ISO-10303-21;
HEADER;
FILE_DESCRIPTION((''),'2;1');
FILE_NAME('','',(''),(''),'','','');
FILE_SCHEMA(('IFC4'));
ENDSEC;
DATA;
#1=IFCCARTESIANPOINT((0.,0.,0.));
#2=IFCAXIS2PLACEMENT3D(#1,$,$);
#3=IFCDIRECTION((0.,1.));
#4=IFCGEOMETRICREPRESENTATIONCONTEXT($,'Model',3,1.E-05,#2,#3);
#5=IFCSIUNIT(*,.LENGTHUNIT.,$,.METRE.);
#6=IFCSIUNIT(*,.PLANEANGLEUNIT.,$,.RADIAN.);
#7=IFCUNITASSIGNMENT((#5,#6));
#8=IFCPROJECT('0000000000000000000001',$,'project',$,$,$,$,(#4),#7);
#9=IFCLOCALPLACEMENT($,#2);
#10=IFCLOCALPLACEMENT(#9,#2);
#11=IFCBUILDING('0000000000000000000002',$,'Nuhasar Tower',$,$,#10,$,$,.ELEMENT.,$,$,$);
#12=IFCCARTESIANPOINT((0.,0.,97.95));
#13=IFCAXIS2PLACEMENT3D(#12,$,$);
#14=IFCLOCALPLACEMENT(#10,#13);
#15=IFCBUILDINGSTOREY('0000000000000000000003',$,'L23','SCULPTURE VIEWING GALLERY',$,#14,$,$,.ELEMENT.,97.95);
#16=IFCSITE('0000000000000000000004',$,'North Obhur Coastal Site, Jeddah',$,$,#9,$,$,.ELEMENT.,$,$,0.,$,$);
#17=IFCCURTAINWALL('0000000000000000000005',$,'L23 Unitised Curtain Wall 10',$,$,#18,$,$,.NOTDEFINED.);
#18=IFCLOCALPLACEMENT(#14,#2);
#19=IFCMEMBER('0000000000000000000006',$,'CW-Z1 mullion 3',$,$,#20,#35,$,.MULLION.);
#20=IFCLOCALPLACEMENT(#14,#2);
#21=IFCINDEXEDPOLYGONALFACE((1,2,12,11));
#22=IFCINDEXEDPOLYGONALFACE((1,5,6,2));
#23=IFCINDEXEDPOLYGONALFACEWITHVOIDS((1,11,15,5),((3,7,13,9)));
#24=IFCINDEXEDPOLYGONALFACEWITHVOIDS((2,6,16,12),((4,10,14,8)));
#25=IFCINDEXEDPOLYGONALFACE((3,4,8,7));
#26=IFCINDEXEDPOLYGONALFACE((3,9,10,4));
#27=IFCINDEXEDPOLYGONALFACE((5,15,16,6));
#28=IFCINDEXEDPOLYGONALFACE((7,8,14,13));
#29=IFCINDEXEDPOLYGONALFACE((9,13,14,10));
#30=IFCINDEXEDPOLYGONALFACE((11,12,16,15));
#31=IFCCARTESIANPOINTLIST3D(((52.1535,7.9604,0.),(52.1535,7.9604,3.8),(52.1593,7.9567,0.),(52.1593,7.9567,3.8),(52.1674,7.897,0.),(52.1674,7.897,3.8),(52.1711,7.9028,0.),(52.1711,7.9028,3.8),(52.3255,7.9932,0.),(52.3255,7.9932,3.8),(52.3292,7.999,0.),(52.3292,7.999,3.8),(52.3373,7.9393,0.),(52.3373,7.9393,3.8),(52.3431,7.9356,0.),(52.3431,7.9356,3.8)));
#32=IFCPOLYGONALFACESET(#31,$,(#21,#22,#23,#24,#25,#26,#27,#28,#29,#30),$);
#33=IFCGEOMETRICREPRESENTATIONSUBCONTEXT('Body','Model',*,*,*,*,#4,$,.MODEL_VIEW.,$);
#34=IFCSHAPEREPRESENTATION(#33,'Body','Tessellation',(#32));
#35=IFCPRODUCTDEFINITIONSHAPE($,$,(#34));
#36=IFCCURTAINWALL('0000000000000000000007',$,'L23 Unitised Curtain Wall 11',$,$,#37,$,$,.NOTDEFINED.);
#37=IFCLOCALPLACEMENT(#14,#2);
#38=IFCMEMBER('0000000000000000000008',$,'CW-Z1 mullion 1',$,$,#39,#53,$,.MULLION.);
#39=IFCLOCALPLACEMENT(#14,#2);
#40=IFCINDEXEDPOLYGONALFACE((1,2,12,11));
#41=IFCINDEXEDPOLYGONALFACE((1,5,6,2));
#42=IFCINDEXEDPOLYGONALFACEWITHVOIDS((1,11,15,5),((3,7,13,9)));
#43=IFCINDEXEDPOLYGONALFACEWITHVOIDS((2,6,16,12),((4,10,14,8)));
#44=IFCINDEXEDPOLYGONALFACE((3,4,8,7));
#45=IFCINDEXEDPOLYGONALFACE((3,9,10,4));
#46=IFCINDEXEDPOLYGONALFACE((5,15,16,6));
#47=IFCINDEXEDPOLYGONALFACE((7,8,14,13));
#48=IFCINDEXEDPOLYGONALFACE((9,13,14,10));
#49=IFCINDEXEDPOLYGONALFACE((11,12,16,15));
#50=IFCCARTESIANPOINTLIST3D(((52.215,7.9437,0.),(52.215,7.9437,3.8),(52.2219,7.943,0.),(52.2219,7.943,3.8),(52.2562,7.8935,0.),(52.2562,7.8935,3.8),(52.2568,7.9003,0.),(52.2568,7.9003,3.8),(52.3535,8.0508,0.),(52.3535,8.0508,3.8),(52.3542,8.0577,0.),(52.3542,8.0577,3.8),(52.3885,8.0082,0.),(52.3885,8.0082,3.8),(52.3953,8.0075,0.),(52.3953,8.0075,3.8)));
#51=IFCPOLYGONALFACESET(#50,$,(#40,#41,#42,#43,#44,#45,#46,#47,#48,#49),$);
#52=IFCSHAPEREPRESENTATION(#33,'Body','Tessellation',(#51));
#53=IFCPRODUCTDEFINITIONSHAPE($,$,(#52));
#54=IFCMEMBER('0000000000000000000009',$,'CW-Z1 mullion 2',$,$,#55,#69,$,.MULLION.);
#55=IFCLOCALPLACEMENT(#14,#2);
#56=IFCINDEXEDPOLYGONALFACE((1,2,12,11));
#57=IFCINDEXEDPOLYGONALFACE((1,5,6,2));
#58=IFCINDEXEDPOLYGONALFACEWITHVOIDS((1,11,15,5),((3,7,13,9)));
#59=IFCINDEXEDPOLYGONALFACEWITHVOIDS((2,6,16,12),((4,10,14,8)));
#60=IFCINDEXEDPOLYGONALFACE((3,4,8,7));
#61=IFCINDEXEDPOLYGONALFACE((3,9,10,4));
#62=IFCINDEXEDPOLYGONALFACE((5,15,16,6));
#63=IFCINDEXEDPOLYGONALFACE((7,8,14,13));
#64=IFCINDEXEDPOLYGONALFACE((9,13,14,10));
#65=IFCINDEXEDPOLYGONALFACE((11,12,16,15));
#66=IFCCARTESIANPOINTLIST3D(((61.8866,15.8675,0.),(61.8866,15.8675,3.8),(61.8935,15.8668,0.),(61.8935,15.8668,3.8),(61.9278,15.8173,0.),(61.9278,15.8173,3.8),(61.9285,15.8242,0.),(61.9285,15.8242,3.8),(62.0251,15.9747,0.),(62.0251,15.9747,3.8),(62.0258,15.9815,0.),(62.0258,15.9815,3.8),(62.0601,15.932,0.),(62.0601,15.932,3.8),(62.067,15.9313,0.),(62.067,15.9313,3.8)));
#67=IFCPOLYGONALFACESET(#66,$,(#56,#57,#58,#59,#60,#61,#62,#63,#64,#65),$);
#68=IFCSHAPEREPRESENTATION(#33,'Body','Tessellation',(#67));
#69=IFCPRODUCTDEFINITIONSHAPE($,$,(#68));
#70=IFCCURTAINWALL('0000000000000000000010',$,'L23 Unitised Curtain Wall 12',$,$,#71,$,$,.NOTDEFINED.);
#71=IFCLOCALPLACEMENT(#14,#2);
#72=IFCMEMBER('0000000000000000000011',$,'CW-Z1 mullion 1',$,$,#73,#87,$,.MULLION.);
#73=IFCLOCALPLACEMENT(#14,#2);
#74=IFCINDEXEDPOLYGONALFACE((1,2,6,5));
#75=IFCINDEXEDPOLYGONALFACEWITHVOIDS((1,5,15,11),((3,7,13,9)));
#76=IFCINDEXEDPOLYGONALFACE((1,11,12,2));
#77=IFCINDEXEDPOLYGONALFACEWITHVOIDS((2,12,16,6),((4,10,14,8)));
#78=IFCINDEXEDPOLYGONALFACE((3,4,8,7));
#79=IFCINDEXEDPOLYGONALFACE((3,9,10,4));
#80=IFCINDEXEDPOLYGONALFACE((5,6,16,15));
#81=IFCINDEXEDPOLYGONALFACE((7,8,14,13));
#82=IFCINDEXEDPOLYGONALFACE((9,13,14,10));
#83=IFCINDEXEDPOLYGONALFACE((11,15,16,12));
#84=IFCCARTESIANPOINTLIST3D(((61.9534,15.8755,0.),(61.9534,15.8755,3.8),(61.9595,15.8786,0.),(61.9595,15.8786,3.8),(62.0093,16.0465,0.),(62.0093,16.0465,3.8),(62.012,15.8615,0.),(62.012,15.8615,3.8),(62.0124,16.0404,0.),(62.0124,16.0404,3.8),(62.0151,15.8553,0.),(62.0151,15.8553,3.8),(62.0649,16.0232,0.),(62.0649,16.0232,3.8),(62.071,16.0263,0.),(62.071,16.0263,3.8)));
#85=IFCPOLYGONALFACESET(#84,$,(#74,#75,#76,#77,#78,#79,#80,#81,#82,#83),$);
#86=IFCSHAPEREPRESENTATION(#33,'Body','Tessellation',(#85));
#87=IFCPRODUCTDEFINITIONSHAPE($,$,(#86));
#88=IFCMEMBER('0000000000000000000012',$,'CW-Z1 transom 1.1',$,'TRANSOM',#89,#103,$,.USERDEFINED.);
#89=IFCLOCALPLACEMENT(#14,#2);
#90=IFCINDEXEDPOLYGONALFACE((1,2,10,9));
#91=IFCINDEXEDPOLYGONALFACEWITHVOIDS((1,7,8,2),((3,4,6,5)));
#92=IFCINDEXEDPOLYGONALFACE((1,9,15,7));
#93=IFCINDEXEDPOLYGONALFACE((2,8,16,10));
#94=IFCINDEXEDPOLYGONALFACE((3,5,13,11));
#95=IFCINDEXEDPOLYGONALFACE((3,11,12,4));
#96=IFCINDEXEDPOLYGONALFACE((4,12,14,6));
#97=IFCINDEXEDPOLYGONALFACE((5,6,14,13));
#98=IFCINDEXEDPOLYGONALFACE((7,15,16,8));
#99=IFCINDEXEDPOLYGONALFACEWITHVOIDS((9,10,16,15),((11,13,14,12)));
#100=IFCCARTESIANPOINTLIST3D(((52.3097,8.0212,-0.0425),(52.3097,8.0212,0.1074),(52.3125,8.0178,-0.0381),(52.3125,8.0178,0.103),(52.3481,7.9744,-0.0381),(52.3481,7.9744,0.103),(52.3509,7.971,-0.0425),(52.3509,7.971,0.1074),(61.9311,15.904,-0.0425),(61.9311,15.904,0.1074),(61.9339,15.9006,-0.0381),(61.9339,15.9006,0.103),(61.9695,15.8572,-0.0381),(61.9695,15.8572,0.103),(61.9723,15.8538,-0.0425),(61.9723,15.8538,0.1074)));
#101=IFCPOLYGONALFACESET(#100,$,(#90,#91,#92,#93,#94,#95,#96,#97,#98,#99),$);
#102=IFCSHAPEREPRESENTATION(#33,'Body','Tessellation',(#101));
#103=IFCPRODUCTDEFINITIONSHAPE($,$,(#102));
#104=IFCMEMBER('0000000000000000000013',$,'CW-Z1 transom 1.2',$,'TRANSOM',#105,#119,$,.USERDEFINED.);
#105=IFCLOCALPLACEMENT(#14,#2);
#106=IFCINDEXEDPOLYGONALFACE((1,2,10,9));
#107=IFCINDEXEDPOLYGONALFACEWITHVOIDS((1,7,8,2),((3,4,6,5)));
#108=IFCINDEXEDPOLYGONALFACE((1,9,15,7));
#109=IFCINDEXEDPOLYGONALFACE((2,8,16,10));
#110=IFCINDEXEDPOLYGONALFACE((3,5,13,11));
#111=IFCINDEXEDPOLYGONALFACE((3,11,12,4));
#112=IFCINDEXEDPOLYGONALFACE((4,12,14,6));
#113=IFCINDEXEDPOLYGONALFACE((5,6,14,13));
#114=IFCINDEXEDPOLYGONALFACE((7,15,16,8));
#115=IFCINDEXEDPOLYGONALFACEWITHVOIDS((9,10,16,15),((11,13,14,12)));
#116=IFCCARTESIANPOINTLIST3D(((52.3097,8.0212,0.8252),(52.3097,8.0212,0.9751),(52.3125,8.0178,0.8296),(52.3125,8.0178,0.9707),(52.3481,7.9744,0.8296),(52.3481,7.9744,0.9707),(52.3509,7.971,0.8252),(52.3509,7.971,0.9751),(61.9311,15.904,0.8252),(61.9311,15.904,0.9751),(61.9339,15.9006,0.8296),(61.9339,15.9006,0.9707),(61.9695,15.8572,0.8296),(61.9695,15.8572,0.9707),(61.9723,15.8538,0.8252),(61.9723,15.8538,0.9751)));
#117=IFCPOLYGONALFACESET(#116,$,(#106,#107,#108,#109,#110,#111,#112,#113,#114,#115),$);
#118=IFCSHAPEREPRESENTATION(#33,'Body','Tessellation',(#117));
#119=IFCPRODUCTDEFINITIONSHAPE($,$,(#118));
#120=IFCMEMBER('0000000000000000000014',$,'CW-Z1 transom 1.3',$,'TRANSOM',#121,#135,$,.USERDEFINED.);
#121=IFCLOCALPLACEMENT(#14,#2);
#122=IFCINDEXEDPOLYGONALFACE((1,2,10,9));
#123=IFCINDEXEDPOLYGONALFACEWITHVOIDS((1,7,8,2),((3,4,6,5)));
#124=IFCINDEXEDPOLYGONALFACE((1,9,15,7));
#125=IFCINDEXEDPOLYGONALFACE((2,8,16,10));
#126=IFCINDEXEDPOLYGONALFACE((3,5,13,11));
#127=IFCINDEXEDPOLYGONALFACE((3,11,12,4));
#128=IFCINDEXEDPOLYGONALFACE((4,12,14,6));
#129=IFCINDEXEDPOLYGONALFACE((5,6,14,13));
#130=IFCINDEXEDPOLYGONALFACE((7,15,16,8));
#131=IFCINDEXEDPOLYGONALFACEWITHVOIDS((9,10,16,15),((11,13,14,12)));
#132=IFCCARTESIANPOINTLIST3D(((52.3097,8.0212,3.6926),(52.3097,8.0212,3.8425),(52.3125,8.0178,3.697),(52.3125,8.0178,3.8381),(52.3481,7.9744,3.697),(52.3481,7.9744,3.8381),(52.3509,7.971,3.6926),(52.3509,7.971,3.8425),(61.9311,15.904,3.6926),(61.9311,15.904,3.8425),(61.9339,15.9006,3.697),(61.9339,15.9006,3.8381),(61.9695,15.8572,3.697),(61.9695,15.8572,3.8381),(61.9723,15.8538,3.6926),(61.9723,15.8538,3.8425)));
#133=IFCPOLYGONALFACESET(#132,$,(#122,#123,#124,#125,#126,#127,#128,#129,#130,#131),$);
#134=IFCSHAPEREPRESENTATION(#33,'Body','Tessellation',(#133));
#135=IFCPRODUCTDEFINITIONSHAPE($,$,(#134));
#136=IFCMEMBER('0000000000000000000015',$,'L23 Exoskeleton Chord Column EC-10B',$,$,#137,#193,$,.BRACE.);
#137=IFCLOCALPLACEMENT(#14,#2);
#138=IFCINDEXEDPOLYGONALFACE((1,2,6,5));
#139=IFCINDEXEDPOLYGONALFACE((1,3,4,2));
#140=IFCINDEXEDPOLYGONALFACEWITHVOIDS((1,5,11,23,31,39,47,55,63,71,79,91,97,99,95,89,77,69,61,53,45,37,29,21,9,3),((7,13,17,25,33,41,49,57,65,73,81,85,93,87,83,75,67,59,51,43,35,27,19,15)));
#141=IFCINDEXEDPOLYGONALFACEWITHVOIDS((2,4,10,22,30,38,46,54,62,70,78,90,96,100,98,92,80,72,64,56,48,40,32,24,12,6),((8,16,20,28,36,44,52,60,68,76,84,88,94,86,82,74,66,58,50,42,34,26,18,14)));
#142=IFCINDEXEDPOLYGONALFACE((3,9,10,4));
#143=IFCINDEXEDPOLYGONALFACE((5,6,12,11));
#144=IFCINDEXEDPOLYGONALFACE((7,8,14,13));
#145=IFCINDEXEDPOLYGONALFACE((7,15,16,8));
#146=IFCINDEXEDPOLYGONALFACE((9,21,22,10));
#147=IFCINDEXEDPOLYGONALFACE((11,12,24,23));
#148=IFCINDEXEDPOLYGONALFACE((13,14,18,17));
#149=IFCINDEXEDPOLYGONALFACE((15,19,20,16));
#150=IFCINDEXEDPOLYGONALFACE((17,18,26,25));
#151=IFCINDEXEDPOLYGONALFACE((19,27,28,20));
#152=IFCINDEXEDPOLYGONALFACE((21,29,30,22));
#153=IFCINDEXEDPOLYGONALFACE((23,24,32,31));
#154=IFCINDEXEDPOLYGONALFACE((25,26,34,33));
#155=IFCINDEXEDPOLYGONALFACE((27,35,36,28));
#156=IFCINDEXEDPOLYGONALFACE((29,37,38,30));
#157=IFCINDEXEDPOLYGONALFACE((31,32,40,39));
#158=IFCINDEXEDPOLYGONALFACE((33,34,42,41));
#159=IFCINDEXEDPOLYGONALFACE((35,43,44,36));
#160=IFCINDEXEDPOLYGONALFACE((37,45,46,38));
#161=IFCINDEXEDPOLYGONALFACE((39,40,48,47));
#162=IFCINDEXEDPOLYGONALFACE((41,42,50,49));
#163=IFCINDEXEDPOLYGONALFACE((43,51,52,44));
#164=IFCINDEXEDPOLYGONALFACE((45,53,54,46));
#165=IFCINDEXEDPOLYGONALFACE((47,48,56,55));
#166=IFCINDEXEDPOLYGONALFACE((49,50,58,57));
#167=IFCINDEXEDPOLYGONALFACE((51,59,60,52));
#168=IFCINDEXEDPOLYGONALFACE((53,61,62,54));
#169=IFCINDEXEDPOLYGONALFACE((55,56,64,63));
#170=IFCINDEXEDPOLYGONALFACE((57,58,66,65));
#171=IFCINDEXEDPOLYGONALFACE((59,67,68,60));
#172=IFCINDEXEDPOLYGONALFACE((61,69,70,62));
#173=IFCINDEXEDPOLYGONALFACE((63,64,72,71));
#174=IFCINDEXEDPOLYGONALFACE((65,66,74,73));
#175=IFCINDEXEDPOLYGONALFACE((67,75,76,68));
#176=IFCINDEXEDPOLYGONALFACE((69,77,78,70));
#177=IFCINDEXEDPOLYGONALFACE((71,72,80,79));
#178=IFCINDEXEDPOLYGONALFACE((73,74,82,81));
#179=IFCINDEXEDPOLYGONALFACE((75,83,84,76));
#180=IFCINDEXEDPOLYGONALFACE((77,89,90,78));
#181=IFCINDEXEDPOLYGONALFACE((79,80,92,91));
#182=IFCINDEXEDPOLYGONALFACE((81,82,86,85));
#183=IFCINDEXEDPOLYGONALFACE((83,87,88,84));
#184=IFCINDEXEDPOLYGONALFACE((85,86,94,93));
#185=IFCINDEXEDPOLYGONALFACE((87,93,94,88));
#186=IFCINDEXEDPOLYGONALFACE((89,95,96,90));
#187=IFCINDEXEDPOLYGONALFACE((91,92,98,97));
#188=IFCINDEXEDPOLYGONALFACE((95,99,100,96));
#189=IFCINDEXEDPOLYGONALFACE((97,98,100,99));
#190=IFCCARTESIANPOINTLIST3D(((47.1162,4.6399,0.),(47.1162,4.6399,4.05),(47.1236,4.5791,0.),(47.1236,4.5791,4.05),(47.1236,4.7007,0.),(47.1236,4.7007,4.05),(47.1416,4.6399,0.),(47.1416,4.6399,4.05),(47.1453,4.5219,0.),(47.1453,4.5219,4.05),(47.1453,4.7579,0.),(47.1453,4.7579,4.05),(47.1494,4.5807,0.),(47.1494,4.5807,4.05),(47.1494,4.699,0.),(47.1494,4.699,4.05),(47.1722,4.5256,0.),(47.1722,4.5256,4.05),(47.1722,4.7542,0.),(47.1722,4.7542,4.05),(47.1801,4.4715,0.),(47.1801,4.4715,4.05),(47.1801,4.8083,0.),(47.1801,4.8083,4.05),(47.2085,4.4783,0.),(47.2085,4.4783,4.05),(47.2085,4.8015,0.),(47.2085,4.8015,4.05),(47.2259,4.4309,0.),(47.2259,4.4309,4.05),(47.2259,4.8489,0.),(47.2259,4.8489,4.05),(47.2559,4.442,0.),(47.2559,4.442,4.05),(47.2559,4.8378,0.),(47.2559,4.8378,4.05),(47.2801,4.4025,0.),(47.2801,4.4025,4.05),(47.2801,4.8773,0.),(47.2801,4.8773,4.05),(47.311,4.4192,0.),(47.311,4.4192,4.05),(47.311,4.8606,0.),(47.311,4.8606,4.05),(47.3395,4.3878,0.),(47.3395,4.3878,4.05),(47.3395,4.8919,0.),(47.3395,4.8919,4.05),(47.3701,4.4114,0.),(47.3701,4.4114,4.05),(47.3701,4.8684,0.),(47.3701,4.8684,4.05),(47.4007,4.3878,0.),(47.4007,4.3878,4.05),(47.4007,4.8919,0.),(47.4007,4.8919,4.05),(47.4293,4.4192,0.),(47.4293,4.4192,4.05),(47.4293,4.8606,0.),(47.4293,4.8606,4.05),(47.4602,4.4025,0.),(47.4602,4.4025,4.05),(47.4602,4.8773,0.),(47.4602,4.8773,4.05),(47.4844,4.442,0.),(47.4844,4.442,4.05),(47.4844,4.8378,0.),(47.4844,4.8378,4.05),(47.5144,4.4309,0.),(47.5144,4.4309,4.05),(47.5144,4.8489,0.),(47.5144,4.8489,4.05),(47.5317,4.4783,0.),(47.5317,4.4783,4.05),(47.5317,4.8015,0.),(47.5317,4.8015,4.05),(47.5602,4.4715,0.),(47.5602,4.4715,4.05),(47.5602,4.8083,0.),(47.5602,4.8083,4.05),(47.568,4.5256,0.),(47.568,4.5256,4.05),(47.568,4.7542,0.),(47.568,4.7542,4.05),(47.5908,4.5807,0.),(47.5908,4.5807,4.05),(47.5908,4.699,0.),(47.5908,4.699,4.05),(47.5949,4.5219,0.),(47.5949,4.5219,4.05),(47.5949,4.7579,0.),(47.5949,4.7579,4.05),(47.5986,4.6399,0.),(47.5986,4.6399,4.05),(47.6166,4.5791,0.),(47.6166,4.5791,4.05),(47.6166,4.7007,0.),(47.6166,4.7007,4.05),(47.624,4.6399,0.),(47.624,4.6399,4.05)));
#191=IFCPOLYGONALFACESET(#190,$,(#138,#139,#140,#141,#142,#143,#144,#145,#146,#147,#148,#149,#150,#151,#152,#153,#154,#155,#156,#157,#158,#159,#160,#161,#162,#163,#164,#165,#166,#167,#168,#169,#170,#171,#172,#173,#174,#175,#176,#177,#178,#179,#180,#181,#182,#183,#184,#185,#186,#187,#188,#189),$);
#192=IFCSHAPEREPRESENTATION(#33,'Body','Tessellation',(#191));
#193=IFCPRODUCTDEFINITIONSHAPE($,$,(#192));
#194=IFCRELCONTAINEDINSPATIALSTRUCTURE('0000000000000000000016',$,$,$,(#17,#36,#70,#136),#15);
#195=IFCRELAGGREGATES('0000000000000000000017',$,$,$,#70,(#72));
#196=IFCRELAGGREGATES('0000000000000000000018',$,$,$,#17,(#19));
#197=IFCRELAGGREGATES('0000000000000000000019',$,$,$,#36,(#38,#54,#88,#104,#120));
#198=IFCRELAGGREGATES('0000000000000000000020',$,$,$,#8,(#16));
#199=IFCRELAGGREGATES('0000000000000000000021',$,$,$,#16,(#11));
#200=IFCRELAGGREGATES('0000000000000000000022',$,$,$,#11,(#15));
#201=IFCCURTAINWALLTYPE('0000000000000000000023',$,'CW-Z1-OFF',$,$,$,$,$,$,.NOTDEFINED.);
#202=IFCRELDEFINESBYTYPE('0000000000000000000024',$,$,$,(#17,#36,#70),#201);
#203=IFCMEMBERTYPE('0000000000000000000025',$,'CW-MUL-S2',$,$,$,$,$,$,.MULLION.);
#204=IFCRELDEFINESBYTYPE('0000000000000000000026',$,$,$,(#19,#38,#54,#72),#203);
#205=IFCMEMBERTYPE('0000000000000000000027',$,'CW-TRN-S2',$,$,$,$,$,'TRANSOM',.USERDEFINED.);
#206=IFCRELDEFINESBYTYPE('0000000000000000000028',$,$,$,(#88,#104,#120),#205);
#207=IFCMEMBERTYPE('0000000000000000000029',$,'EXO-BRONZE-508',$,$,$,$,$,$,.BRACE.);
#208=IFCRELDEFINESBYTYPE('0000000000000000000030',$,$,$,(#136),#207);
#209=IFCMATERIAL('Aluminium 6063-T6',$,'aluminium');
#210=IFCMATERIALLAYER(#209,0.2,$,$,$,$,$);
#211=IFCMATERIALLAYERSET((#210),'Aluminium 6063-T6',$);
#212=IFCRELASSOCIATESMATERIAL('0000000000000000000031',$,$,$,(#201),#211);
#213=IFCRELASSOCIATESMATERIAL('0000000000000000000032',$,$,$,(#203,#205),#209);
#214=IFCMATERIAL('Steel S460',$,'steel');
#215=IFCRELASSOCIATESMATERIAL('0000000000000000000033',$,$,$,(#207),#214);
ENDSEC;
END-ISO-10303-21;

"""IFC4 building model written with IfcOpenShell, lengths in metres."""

from ifc_helpers import new_model, si_unit, direction, frame, origin, origin_2d, place, context, subcontext, project, spatial, hollow_rectangle, hollow_circle, extrude, material, layer, layer_set, material_profile, profile_set, type_object, element, aggregate, save


model = new_model("IFC4")

# Units and contexts
model_context = context("Model", 3, precision=1e-05, world=origin(), true_north=direction((0.0, 1.0)))
body_context = subcontext(model_context, "Body", "Model", "MODEL_VIEW")
ifc_project = project(units=[si_unit("LENGTHUNIT", "METRE"), si_unit("PLANEANGLEUNIT", "RADIAN")], contexts=[model_context])

# Site, building, storey
site_placement = place(None, origin())
site = spatial("IfcSite", under=ifc_project, at=site_placement, Name="North Obhur Coastal Site, Jeddah", CompositionType="ELEMENT", RefElevation=0.0)
building_placement = place(site_placement, origin())
building = spatial("IfcBuilding", under=site, at=building_placement, Name="Nuhasar Tower", CompositionType="ELEMENT")
storey_placement = place(building_placement, frame((0.0, 0.0, 97.95)))
storey = spatial("IfcBuildingStorey", under=building, at=storey_placement, Name="L23", Description="SCULPTURE VIEWING GALLERY", CompositionType="ELEMENT", Elevation=97.95)

# Curtain wall, member
ifc_material_1 = material(Name="Aluminium 6063-T6", Category="aluminium")
ifc_layer_1 = layer(ifc_material_1, 0.2)
ifc_layer_set_1 = layer_set([ifc_layer_1], Name="Aluminium 6063-T6")
curtain_wall_type = type_object("IfcCurtainWallType", Name="CW-Z1-OFF", PredefinedType="NOTDEFINED", material=ifc_layer_set_1)
curtain_wall_1_placement = place(storey_placement, origin())
curtain_wall_1 = element("IfcCurtainWall", 1, at=curtain_wall_1_placement, inside=storey, type_object=curtain_wall_type, Name="L23 Unitised Curtain Wall 10", PredefinedType="NOTDEFINED")
ifc_material_profile_1 = material_profile(ifc_material_1, hollow_rectangle(XDim=0.0649, YDim=0.1799, WallThickness=0.0049, at=origin_2d()), Name="CWM-2")
ifc_profile_set_1 = profile_set([ifc_material_profile_1], Name="Aluminium 6063-T6")
member_type_1 = type_object("IfcMemberType", Name="CW-MUL-S2", PredefinedType="MULLION", material=ifc_profile_set_1)
member_1_placement = place(storey_placement, frame((52.2483, 7.948, 0.0), z_axis=(0.0, 0.0, 1.0), x_axis=(-0.214399, 0.976746, 0.0)))
member_1 = element("IfcMember", 2, at=member_1_placement, type_object=member_type_1, Name="CW-Z1 mullion 3", PredefinedType="MULLION", context=body_context, shape_type="SweptSolid", body=[
    extrude(hollow_rectangle(XDim=0.0649, YDim=0.1799, WallThickness=0.0049, at=origin_2d()), origin(), (0.0, 0.0, 1.0), 3.8),
])

# Curtain wall, members
curtain_wall_2_placement = place(storey_placement, origin())
curtain_wall_2 = element("IfcCurtainWall", 3, at=curtain_wall_2_placement, inside=storey, type_object=curtain_wall_type, Name="L23 Unitised Curtain Wall 11", PredefinedType="NOTDEFINED")
member_2_placement = place(storey_placement, frame((52.3052, 7.9756, 0.0), z_axis=(0.0, 0.0, 1.0), x_axis=(-0.633745, 0.773542, 0.0)))
member_2 = element("IfcMember", 4, at=member_2_placement, type_object=member_type_1, Name="CW-Z1 mullion 1", PredefinedType="MULLION", context=body_context, shape_type="SweptSolid", body=[
    extrude(hollow_rectangle(XDim=0.0649, YDim=0.1799, WallThickness=0.0049, at=origin_2d()), origin(), (0.0, 0.0, 1.0), 3.8),
])
member_3_placement = place(storey_placement, frame((61.9768, 15.8994, 0.0), z_axis=(0.0, 0.0, 1.0), x_axis=(-0.633745, 0.773542, 0.0)))
member_3 = element("IfcMember", 5, at=member_3_placement, type_object=member_type_1, Name="CW-Z1 mullion 2", PredefinedType="MULLION", context=body_context, shape_type="SweptSolid", body=[
    extrude(hollow_rectangle(XDim=0.0649, YDim=0.1799, WallThickness=0.0049, at=origin_2d()), origin(), (0.0, 0.0, 1.0), 3.8),
])

# Curtain wall, member
curtain_wall_3_placement = place(storey_placement, origin())
curtain_wall_3 = element("IfcCurtainWall", 6, at=curtain_wall_3_placement, inside=storey, type_object=curtain_wall_type, Name="L23 Unitised Curtain Wall 12", PredefinedType="NOTDEFINED")
member_4_placement = place(storey_placement, frame((62.0122, 15.9509, 0.0), z_axis=(0.0, 0.0, 1.0), x_axis=(-0.950468, 0.310824, 0.0)))
member_4 = element("IfcMember", 7, at=member_4_placement, type_object=member_type_1, Name="CW-Z1 mullion 1", PredefinedType="MULLION", context=body_context, shape_type="SweptSolid", body=[
    extrude(hollow_rectangle(XDim=0.0649, YDim=0.1799, WallThickness=0.0049, at=origin_2d()), origin(), (0.0, 0.0, 1.0), 3.8),
])
aggregate(curtain_wall_3, [member_4])

# Members
ifc_material_profile_2 = material_profile(ifc_material_1, hollow_rectangle(XDim=0.0649, YDim=0.1499, WallThickness=0.0044, at=origin_2d()), Name="CWT-2")
ifc_profile_set_2 = profile_set([ifc_material_profile_2], Name="Aluminium 6063-T6")
member_type_2 = type_object("IfcMemberType", Name="CW-TRN-S2", ElementType="TRANSOM", PredefinedType="USERDEFINED", material=ifc_profile_set_2)
member_5_placement = place(storey_placement, frame((52.3303, 7.9961, 0.0325), z_axis=(0.773531, 0.633758, 0.0), x_axis=(-0.633758, 0.773531, 0.0)))
member_5 = element("IfcMember", 8, at=member_5_placement, type_object=member_type_2, Name="CW-Z1 transom 1.1", ObjectType="TRANSOM", PredefinedType="USERDEFINED", context=body_context, shape_type="SweptSolid", body=[
    extrude(hollow_rectangle(XDim=0.0649, YDim=0.1499, WallThickness=0.0044, at=origin_2d()), origin(), (0.0, 0.0, 1.0), 12.4382),
])
member_6_placement = place(storey_placement, frame((52.3303, 7.9961, 0.9001), z_axis=(0.773531, 0.633758, 0.0), x_axis=(-0.633758, 0.773531, 0.0)))
member_6 = element("IfcMember", 9, at=member_6_placement, type_object=member_type_2, Name="CW-Z1 transom 1.2", ObjectType="TRANSOM", PredefinedType="USERDEFINED", context=body_context, shape_type="SweptSolid", body=[
    extrude(hollow_rectangle(XDim=0.0649, YDim=0.1499, WallThickness=0.0044, at=origin_2d()), origin(), (0.0, 0.0, 1.0), 12.4382),
])
member_7_placement = place(storey_placement, frame((52.3303, 7.9961, 3.7676), z_axis=(0.773531, 0.633758, 0.0), x_axis=(-0.633758, 0.773531, 0.0)))
member_7 = element("IfcMember", 10, at=member_7_placement, type_object=member_type_2, Name="CW-Z1 transom 1.3", ObjectType="TRANSOM", PredefinedType="USERDEFINED", context=body_context, shape_type="SweptSolid", body=[
    extrude(hollow_rectangle(XDim=0.0649, YDim=0.1499, WallThickness=0.0044, at=origin_2d()), origin(), (0.0, 0.0, 1.0), 12.4382),
])

# Member
ifc_material_2 = material(Name="Steel S460", Category="steel")
ifc_material_profile_3 = material_profile(ifc_material_2, hollow_circle(Radius=0.2539, WallThickness=0.0254, at=origin_2d()), Name="HSS508X25.4")
ifc_profile_set_3 = profile_set([ifc_material_profile_3], Name="Steel S460")
member_type_3 = type_object("IfcMemberType", Name="EXO-BRONZE-508", PredefinedType="BRACE", material=ifc_profile_set_3)
for number, where, z_axis, x_axis, name in (
    (11, (47.3701, 4.6399, 0.0), (0.0, 0.0, 1.0), (1.0, 0.0, 0.0), "L23 Exoskeleton Chord Column EC-10B"),
):
    element("IfcMember", number, at=place(storey_placement, frame(where, z_axis=z_axis, x_axis=x_axis)), inside=storey, type_object=member_type_3, Name=name, PredefinedType="BRACE", context=body_context, shape_type="SweptSolid", body=[
        extrude(hollow_circle(Radius=0.2539, WallThickness=0.0254, at=origin_2d()), origin(), (0.0, 0.0, 1.0), 4.05),
    ])

aggregate(curtain_wall_1, [member_1])
aggregate(curtain_wall_2, [member_2, member_3, member_5, member_6, member_7])

save(model, "model.ifc")
